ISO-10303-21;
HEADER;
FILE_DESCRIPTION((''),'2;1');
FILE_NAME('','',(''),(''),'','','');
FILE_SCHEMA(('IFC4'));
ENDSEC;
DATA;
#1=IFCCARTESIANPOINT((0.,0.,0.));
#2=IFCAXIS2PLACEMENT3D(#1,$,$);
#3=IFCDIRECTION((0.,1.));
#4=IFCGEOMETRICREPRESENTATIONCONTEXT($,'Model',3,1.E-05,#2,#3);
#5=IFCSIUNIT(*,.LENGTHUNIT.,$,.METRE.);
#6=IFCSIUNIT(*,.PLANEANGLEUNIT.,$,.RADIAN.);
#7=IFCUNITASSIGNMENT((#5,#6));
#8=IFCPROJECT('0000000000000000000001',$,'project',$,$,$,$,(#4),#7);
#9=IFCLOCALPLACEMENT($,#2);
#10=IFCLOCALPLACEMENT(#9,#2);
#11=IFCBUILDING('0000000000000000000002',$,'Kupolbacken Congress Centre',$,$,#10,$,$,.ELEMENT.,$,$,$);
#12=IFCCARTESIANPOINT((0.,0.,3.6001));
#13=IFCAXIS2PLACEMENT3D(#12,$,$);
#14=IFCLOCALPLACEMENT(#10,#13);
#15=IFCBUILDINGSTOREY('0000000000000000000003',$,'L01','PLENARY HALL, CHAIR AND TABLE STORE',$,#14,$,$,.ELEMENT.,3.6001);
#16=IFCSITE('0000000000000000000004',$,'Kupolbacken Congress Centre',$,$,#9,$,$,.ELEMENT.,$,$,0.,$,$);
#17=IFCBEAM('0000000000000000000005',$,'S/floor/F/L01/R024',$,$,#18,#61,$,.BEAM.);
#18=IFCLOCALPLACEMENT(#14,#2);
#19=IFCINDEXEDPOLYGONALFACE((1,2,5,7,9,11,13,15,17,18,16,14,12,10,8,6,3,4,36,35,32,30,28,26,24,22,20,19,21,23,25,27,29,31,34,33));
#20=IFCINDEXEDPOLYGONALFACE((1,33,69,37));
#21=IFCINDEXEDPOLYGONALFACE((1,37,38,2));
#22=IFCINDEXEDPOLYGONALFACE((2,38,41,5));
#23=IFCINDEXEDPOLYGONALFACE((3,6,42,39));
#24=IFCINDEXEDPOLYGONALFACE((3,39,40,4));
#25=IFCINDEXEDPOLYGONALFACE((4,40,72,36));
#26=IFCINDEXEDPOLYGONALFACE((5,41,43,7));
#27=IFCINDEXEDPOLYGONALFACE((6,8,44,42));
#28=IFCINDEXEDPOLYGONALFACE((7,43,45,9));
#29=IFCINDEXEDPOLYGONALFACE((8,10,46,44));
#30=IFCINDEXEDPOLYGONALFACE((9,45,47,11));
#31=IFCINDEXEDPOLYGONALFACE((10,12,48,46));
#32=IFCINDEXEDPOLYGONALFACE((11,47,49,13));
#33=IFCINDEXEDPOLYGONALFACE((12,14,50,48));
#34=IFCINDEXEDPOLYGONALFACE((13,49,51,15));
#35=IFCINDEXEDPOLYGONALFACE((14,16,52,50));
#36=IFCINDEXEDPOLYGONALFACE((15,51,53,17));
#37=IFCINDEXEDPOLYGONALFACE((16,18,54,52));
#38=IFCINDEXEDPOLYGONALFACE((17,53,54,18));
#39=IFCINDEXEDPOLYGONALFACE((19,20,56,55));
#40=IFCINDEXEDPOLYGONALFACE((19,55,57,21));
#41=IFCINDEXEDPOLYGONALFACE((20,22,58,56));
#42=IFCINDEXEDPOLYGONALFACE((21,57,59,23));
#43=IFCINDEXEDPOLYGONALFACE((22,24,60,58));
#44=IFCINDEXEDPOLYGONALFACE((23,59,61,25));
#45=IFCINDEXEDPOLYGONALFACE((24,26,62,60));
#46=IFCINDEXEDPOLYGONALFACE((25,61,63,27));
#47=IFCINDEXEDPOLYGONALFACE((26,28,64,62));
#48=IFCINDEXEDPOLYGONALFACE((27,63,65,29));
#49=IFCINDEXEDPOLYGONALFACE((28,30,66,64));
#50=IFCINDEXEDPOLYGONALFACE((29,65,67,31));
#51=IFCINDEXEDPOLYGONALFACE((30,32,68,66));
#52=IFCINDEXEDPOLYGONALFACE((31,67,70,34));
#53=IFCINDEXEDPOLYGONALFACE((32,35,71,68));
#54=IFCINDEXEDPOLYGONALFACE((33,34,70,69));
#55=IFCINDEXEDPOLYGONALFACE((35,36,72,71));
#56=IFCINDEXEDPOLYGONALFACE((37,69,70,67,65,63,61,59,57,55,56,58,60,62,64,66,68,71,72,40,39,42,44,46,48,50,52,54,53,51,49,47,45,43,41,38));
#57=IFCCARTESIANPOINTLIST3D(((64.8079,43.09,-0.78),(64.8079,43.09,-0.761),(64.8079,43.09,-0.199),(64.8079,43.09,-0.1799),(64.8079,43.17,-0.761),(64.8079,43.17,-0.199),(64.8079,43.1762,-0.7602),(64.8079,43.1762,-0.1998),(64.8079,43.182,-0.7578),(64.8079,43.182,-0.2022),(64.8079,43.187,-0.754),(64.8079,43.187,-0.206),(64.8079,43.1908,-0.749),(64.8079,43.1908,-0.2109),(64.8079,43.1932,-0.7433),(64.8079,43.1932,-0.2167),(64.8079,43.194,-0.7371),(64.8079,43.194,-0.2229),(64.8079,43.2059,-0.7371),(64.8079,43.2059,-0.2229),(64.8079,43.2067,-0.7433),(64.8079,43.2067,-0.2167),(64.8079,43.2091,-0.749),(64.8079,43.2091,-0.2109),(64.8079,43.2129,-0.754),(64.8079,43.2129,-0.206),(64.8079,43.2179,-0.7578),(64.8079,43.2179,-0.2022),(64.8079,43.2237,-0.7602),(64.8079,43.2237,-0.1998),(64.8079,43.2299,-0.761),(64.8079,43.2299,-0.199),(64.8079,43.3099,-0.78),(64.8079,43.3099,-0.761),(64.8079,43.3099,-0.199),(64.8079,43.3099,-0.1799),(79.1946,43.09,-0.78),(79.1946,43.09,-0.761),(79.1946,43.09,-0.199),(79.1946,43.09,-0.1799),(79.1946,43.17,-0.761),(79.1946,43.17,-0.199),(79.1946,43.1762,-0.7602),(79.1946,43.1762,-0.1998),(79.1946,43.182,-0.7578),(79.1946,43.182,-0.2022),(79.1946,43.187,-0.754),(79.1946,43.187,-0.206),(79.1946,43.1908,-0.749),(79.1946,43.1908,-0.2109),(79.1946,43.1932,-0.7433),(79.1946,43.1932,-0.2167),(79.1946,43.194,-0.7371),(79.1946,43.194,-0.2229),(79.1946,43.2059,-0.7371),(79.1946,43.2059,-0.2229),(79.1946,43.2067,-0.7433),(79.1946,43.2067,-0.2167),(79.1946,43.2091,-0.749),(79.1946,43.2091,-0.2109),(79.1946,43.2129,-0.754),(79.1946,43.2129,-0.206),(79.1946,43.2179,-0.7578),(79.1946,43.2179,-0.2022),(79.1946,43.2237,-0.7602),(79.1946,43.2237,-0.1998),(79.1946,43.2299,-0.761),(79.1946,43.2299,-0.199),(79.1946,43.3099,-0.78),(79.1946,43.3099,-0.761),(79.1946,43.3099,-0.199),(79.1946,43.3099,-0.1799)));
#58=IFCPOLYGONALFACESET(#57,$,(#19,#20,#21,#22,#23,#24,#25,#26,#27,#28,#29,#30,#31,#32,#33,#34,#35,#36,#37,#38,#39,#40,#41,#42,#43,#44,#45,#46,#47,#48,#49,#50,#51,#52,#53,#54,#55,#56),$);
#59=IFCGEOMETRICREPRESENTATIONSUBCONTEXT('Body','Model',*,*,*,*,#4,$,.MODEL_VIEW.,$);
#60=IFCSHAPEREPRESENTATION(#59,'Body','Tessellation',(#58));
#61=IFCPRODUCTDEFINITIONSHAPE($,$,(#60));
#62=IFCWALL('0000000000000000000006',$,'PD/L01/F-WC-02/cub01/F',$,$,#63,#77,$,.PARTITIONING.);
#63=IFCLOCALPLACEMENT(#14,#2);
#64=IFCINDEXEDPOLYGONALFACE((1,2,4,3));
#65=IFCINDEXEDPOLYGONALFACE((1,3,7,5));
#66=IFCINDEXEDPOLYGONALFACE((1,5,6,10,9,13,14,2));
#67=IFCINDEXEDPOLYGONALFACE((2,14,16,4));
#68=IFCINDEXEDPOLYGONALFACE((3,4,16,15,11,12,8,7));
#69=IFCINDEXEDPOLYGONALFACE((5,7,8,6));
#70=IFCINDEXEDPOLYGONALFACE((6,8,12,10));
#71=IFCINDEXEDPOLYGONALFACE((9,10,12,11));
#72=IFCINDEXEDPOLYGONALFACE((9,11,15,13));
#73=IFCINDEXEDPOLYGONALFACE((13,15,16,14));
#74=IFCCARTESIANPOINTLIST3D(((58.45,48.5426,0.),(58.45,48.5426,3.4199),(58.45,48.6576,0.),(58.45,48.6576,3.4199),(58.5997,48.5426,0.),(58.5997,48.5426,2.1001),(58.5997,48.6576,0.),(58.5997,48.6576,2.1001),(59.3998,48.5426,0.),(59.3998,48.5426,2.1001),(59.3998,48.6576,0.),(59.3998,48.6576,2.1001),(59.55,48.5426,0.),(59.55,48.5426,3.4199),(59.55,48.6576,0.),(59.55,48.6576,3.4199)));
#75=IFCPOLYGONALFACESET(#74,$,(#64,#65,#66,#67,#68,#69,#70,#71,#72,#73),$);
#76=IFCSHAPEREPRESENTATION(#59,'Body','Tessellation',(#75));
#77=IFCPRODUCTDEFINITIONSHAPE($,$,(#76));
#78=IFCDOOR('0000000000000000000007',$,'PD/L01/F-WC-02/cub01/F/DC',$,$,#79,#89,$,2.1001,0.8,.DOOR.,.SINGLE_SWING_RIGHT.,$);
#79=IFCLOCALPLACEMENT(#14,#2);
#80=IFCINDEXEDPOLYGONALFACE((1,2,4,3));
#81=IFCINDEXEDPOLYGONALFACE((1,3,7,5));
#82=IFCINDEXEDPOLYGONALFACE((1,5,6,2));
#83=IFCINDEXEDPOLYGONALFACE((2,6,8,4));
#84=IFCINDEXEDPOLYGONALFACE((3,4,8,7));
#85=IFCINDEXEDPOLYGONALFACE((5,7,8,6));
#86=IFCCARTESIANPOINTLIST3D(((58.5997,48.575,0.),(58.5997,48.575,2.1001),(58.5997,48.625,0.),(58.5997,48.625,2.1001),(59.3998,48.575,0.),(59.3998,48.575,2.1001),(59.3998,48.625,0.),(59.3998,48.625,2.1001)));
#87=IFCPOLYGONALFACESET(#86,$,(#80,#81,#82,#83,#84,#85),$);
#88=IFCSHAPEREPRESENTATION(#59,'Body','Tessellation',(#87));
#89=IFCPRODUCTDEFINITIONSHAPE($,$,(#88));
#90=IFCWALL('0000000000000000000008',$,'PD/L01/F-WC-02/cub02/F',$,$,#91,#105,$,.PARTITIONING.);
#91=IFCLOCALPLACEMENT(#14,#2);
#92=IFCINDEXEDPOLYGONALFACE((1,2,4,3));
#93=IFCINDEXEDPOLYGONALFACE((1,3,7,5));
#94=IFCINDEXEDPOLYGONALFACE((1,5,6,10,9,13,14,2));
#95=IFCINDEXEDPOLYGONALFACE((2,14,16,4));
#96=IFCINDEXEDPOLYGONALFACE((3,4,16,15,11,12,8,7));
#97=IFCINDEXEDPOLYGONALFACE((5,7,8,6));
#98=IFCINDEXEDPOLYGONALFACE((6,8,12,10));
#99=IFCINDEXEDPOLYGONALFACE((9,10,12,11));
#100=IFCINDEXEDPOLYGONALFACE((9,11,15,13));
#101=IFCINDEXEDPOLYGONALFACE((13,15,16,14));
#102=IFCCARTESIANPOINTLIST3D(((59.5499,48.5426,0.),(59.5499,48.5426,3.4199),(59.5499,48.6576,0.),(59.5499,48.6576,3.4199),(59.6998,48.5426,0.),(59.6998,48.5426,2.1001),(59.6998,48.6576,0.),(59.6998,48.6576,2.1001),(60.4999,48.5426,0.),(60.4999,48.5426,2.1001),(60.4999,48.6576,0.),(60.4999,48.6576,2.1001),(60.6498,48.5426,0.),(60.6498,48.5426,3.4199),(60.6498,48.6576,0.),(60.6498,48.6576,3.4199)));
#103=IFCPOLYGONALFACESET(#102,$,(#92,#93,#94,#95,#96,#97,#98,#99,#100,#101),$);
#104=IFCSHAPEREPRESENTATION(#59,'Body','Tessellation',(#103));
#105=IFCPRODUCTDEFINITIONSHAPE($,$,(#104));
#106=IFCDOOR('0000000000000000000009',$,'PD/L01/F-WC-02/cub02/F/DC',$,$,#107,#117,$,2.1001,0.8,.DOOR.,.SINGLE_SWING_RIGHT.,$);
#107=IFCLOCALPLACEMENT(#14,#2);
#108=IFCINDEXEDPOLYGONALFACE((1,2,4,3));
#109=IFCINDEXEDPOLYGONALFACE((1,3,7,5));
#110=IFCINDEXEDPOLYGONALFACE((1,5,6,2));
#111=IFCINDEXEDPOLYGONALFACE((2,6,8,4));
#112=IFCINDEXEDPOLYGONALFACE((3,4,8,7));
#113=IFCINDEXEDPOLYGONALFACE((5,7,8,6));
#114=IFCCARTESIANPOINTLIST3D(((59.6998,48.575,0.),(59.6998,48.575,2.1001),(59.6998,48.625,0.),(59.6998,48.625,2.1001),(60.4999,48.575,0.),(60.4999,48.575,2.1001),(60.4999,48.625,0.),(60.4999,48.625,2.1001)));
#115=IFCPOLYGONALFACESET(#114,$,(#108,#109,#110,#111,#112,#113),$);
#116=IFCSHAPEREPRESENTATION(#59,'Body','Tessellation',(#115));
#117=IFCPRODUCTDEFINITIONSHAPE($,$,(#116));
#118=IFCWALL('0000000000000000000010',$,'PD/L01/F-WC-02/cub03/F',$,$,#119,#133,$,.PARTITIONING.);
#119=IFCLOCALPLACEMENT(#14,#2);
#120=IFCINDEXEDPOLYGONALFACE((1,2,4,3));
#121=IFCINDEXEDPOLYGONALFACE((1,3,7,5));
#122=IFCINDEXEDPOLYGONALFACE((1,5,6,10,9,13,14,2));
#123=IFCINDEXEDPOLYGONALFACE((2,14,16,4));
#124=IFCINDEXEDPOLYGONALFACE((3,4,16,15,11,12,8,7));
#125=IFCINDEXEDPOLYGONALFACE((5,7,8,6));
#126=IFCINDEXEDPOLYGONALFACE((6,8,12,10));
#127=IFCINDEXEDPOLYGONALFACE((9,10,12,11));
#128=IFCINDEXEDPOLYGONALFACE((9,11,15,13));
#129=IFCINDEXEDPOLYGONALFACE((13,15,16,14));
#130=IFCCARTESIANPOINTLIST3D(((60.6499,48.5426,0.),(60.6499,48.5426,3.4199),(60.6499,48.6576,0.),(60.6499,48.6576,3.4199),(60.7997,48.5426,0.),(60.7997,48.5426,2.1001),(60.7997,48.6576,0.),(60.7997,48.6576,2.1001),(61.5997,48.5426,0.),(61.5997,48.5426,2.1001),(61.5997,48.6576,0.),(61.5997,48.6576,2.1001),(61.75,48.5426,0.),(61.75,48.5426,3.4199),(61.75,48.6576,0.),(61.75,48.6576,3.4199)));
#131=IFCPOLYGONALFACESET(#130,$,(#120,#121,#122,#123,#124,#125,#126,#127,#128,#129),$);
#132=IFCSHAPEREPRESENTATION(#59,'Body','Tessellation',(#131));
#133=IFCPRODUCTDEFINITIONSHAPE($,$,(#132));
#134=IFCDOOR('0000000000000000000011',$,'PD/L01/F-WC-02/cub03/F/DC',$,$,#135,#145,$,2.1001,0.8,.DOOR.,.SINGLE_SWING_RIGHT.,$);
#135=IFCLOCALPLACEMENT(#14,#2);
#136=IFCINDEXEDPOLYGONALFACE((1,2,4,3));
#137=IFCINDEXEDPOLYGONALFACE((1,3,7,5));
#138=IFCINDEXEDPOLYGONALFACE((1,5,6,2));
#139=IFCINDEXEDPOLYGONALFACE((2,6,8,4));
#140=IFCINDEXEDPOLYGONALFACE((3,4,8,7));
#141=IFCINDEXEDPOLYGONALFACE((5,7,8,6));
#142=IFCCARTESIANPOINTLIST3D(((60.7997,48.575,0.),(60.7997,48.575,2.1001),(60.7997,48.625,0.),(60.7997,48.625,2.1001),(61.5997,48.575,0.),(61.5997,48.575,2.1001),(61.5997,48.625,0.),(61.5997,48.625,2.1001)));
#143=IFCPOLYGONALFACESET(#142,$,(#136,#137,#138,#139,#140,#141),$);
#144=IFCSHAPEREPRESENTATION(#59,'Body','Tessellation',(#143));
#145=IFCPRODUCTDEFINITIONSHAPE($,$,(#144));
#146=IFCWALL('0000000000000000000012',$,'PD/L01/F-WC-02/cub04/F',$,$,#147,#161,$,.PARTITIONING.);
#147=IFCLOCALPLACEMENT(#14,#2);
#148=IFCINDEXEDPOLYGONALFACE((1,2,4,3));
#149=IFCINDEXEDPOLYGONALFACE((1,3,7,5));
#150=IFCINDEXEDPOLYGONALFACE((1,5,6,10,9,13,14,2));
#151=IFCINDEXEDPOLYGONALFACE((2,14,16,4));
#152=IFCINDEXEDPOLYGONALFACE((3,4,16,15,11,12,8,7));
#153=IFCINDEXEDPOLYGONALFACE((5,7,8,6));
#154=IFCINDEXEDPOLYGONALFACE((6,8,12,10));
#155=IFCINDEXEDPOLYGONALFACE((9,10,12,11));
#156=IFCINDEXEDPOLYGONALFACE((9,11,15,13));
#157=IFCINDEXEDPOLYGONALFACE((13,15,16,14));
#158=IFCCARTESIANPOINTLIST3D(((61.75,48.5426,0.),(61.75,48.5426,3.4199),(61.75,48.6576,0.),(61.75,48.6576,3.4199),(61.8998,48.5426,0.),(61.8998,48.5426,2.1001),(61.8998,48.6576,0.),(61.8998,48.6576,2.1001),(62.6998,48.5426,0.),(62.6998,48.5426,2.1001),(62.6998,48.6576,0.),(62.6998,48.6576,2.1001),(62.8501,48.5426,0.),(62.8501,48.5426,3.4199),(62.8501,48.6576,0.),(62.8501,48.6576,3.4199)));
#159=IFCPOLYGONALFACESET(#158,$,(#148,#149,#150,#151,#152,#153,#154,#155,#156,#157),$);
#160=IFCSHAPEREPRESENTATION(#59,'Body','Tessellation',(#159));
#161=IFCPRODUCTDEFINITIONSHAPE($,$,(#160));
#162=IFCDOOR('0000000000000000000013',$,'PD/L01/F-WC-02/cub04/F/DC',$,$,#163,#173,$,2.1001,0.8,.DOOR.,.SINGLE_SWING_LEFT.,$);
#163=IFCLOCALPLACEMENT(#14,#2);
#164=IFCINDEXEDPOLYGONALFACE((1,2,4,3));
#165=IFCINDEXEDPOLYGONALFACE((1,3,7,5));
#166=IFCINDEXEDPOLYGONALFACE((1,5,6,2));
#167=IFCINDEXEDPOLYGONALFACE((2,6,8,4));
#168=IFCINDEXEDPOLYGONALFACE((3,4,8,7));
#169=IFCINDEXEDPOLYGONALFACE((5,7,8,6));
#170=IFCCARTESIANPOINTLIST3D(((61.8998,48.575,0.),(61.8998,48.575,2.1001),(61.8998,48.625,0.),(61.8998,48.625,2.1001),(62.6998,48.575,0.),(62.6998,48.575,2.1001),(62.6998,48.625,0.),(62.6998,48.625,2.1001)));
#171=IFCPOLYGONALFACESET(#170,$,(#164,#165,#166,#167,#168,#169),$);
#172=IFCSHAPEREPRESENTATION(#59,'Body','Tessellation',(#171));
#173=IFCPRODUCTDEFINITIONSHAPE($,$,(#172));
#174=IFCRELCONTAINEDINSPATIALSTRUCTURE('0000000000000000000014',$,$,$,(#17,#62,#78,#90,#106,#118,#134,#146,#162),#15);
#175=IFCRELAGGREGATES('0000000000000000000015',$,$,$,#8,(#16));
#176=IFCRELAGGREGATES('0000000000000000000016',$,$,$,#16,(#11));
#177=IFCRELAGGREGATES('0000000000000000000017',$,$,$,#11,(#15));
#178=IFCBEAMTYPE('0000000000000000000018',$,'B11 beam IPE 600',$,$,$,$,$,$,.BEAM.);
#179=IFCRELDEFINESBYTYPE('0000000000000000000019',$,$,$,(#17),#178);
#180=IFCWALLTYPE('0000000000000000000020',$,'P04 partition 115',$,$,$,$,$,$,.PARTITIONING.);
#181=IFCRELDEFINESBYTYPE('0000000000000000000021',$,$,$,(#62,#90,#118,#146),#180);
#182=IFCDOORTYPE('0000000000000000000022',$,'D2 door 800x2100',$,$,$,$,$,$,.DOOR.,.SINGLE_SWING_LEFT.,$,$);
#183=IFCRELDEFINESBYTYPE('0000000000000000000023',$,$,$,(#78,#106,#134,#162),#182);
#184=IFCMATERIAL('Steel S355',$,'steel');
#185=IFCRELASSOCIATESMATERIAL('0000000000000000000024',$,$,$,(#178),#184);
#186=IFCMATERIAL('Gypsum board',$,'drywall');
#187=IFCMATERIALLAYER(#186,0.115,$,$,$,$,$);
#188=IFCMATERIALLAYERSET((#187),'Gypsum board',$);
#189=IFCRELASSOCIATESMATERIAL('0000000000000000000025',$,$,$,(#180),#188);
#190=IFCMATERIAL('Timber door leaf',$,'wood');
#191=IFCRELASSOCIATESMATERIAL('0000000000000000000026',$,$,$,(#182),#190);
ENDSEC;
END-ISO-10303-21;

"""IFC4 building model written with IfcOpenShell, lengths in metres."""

from ifc_helpers import new_model, si_unit, direction, frame, frame_2d, origin, origin_2d, place, context, subcontext, project, spatial, rectangle, i_section, extrude, material, layer, layer_set, material_profile, profile_set, type_object, element, fill, save


model = new_model("IFC4")

# Units and contexts
model_context = context("Model", 3, precision=1e-05, world=origin(), true_north=direction((0.0, 1.0)))
body_context = subcontext(model_context, "Body", "Model", "MODEL_VIEW")
ifc_project = project(units=[si_unit("LENGTHUNIT", "METRE"), si_unit("PLANEANGLEUNIT", "RADIAN")], contexts=[model_context])

# Site, building, storey
site_placement = place(None, origin())
site = spatial("IfcSite", under=ifc_project, at=site_placement, Name="Kupolbacken Congress Centre", CompositionType="ELEMENT", RefElevation=0.0)
building_placement = place(site_placement, origin())
building = spatial("IfcBuilding", under=site, at=building_placement, Name="Kupolbacken Congress Centre", CompositionType="ELEMENT")
storey_placement = place(building_placement, frame((0.0, 0.0, 3.6001)))
storey = spatial("IfcBuildingStorey", under=building, at=storey_placement, Name="L01", Description="PLENARY HALL, CHAIR AND TABLE STORE", CompositionType="ELEMENT", Elevation=3.6001)

# Beam
ifc_material_1 = material(Name="Steel S355", Category="steel")
ifc_material_profile_1 = material_profile(ifc_material_1, i_section(OverallWidth=0.22, OverallDepth=0.6001, WebThickness=0.012, FlangeThickness=0.019, FilletRadius=0.0239, at=origin_2d()), Name="IPE 600")
ifc_profile_set_1 = profile_set([ifc_material_profile_1], Name="Steel S355")
beam_type_1 = type_object("IfcBeamType", Name="B11 beam IPE 600", PredefinedType="BEAM", material=ifc_profile_set_1)
beam_1_placement = place(storey_placement, frame((64.8079, 43.2, -0.48), z_axis=(1.0, 0.0, 0.0), x_axis=(0.0, 1.0, 0.0)))
element("IfcBeam", 1, at=beam_1_placement, inside=storey, type_object=beam_type_1, Name="S/floor/F/L01/R024", PredefinedType="BEAM", context=body_context, shape_type="SweptSolid", body=[
    extrude(i_section(OverallWidth=0.22, OverallDepth=0.6001, WebThickness=0.012, FlangeThickness=0.019, FilletRadius=0.0239, at=origin_2d()), origin(), (0.0, 0.0, 1.0), 14.3867),
])

# Walls, openings, doors
ifc_material_2 = material(Name="Gypsum board", Category="drywall")
ifc_layer_1 = layer(ifc_material_2, 0.115)
ifc_layer_set_1 = layer_set([ifc_layer_1], Name="Gypsum board")
wall_type_1 = type_object("IfcWallType", Name="P04 partition 115", PredefinedType="PARTITIONING", material=ifc_layer_set_1)
wall_1_placement = place(storey_placement, frame((58.45, 48.6001, 0.0), z_axis=(0.0, 0.0, 1.0), x_axis=(1.0, 0.0, 0.0)))
wall_1 = element("IfcWall", 2, at=wall_1_placement, inside=storey, type_object=wall_type_1, Name="PD/L01/F-WC-02/cub01/F", PredefinedType="PARTITIONING", context=body_context, shape_type="SweptSolid", body=[
    extrude(rectangle(XDim=1.1001, YDim=0.115, at=frame_2d((0.55, 0.0))), origin(), (0.0, 0.0, 1.0), 3.4199),
])
opening_1_placement = place(wall_1_placement, frame((0.1499, 0.0, 0.0)))
opening_1 = element("IfcOpeningElement", 3, at=opening_1_placement, cuts=wall_1, PredefinedType="OPENING", context=body_context, shape_type="SweptSolid", body=[
    extrude(rectangle(XDim=0.8, YDim=2.1001, at=frame_2d((0.3999, 1.05))), frame((0.0, 0.0674, 0.0), z_axis=(0.0, -1.0, 0.0), x_axis=(1.0, 0.0, 0.0)), (0.0, 0.0, 1.0), 0.135),
])
ifc_material_3 = material(Name="Timber door leaf", Category="wood")
door_type_1 = type_object("IfcDoorType", Name="D2 door 800x2100", OperationType="SINGLE_SWING_LEFT", PredefinedType="DOOR", material=ifc_material_3)
door_1_placement = place(opening_1_placement, origin())
door_1 = element("IfcDoor", 4, at=door_1_placement, inside=storey, type_object=door_type_1, Name="PD/L01/F-WC-02/cub01/F/DC", OperationType="SINGLE_SWING_RIGHT", OverallHeight=2.1001, OverallWidth=0.8, PredefinedType="DOOR", context=body_context, shape_type="SweptSolid", body=[
    extrude(rectangle(XDim=0.8, YDim=2.1001, at=frame_2d((0.3999, 1.05))), frame((0.0, 0.0249, 0.0), z_axis=(0.0, -1.0, 0.0), x_axis=(1.0, 0.0, 0.0)), (0.0, 0.0, 1.0), 0.05),
])
fill(opening_1, door_1)
wall_2_placement = place(storey_placement, frame((59.55, 48.6001, 0.0), z_axis=(0.0, 0.0, 1.0), x_axis=(1.0, 0.0, 0.0)))
wall_2 = element("IfcWall", 5, at=wall_2_placement, inside=storey, type_object=wall_type_1, Name="PD/L01/F-WC-02/cub02/F", PredefinedType="PARTITIONING", context=body_context, shape_type="SweptSolid", body=[
    extrude(rectangle(XDim=1.0999, YDim=0.115, at=frame_2d((0.5498, 0.0))), origin(), (0.0, 0.0, 1.0), 3.4199),
])
opening_2_placement = place(wall_2_placement, frame((0.1499, 0.0, 0.0)))
opening_2 = element("IfcOpeningElement", 6, at=opening_2_placement, cuts=wall_2, PredefinedType="OPENING", context=body_context, shape_type="SweptSolid", body=[
    extrude(rectangle(XDim=0.8, YDim=2.1001, at=frame_2d((0.3999, 1.05))), frame((0.0, 0.0674, 0.0), z_axis=(0.0, -1.0, 0.0), x_axis=(1.0, 0.0, 0.0)), (0.0, 0.0, 1.0), 0.135),
])
door_2_placement = place(opening_2_placement, origin())
door_2 = element("IfcDoor", 7, at=door_2_placement, inside=storey, type_object=door_type_1, Name="PD/L01/F-WC-02/cub02/F/DC", OperationType="SINGLE_SWING_RIGHT", OverallHeight=2.1001, OverallWidth=0.8, PredefinedType="DOOR", context=body_context, shape_type="SweptSolid", body=[
    extrude(rectangle(XDim=0.8, YDim=2.1001, at=frame_2d((0.3999, 1.05))), frame((0.0, 0.0249, 0.0), z_axis=(0.0, -1.0, 0.0), x_axis=(1.0, 0.0, 0.0)), (0.0, 0.0, 1.0), 0.05),
])
fill(opening_2, door_2)
wall_3_placement = place(storey_placement, frame((60.6499, 48.6001, 0.0), z_axis=(0.0, 0.0, 1.0), x_axis=(1.0, 0.0, 0.0)))
wall_3 = element("IfcWall", 8, at=wall_3_placement, inside=storey, type_object=wall_type_1, Name="PD/L01/F-WC-02/cub03/F", PredefinedType="PARTITIONING", context=body_context, shape_type="SweptSolid", body=[
    extrude(rectangle(XDim=1.1001, YDim=0.115, at=frame_2d((0.55, 0.0))), origin(), (0.0, 0.0, 1.0), 3.4199),
])
opening_3_placement = place(wall_3_placement, frame((0.1499, 0.0, 0.0)))
opening_3 = element("IfcOpeningElement", 9, at=opening_3_placement, cuts=wall_3, PredefinedType="OPENING", context=body_context, shape_type="SweptSolid", body=[
    extrude(rectangle(XDim=0.8, YDim=2.1001, at=frame_2d((0.3999, 1.05))), frame((0.0, 0.0674, 0.0), z_axis=(0.0, -1.0, 0.0), x_axis=(1.0, 0.0, 0.0)), (0.0, 0.0, 1.0), 0.135),
])
door_3_placement = place(opening_3_placement, origin())
door_3 = element("IfcDoor", 10, at=door_3_placement, inside=storey, type_object=door_type_1, Name="PD/L01/F-WC-02/cub03/F/DC", OperationType="SINGLE_SWING_RIGHT", OverallHeight=2.1001, OverallWidth=0.8, PredefinedType="DOOR", context=body_context, shape_type="SweptSolid", body=[
    extrude(rectangle(XDim=0.8, YDim=2.1001, at=frame_2d((0.3999, 1.05))), frame((0.0, 0.0249, 0.0), z_axis=(0.0, -1.0, 0.0), x_axis=(1.0, 0.0, 0.0)), (0.0, 0.0, 1.0), 0.05),
])
fill(opening_3, door_3)
wall_4_placement = place(storey_placement, frame((61.75, 48.6001, 0.0), z_axis=(0.0, 0.0, 1.0), x_axis=(1.0, 0.0, 0.0)))
wall_4 = element("IfcWall", 11, at=wall_4_placement, inside=storey, type_object=wall_type_1, Name="PD/L01/F-WC-02/cub04/F", PredefinedType="PARTITIONING", context=body_context, shape_type="SweptSolid", body=[
    extrude(rectangle(XDim=1.1001, YDim=0.115, at=frame_2d((0.55, 0.0))), origin(), (0.0, 0.0, 1.0), 3.4199),
])
opening_4_placement = place(wall_4_placement, frame((0.1499, 0.0, 0.0)))
opening_4 = element("IfcOpeningElement", 12, at=opening_4_placement, cuts=wall_4, PredefinedType="OPENING", context=body_context, shape_type="SweptSolid", body=[
    extrude(rectangle(XDim=0.8, YDim=2.1001, at=frame_2d((0.3999, 1.05))), frame((0.0, 0.0674, 0.0), z_axis=(0.0, -1.0, 0.0), x_axis=(1.0, 0.0, 0.0)), (0.0, 0.0, 1.0), 0.135),
])
door_4_placement = place(opening_4_placement, origin())
door_4 = element("IfcDoor", 13, at=door_4_placement, inside=storey, type_object=door_type_1, Name="PD/L01/F-WC-02/cub04/F/DC", OperationType="SINGLE_SWING_LEFT", OverallHeight=2.1001, OverallWidth=0.8, PredefinedType="DOOR", context=body_context, shape_type="SweptSolid", body=[
    extrude(rectangle(XDim=0.8, YDim=2.1001, at=frame_2d((0.3999, 1.05))), frame((0.0, 0.0249, 0.0), z_axis=(0.0, -1.0, 0.0), x_axis=(1.0, 0.0, 0.0)), (0.0, 0.0, 1.0), 0.05),
])
fill(opening_4, door_4)

save(model, "model.ifc")
